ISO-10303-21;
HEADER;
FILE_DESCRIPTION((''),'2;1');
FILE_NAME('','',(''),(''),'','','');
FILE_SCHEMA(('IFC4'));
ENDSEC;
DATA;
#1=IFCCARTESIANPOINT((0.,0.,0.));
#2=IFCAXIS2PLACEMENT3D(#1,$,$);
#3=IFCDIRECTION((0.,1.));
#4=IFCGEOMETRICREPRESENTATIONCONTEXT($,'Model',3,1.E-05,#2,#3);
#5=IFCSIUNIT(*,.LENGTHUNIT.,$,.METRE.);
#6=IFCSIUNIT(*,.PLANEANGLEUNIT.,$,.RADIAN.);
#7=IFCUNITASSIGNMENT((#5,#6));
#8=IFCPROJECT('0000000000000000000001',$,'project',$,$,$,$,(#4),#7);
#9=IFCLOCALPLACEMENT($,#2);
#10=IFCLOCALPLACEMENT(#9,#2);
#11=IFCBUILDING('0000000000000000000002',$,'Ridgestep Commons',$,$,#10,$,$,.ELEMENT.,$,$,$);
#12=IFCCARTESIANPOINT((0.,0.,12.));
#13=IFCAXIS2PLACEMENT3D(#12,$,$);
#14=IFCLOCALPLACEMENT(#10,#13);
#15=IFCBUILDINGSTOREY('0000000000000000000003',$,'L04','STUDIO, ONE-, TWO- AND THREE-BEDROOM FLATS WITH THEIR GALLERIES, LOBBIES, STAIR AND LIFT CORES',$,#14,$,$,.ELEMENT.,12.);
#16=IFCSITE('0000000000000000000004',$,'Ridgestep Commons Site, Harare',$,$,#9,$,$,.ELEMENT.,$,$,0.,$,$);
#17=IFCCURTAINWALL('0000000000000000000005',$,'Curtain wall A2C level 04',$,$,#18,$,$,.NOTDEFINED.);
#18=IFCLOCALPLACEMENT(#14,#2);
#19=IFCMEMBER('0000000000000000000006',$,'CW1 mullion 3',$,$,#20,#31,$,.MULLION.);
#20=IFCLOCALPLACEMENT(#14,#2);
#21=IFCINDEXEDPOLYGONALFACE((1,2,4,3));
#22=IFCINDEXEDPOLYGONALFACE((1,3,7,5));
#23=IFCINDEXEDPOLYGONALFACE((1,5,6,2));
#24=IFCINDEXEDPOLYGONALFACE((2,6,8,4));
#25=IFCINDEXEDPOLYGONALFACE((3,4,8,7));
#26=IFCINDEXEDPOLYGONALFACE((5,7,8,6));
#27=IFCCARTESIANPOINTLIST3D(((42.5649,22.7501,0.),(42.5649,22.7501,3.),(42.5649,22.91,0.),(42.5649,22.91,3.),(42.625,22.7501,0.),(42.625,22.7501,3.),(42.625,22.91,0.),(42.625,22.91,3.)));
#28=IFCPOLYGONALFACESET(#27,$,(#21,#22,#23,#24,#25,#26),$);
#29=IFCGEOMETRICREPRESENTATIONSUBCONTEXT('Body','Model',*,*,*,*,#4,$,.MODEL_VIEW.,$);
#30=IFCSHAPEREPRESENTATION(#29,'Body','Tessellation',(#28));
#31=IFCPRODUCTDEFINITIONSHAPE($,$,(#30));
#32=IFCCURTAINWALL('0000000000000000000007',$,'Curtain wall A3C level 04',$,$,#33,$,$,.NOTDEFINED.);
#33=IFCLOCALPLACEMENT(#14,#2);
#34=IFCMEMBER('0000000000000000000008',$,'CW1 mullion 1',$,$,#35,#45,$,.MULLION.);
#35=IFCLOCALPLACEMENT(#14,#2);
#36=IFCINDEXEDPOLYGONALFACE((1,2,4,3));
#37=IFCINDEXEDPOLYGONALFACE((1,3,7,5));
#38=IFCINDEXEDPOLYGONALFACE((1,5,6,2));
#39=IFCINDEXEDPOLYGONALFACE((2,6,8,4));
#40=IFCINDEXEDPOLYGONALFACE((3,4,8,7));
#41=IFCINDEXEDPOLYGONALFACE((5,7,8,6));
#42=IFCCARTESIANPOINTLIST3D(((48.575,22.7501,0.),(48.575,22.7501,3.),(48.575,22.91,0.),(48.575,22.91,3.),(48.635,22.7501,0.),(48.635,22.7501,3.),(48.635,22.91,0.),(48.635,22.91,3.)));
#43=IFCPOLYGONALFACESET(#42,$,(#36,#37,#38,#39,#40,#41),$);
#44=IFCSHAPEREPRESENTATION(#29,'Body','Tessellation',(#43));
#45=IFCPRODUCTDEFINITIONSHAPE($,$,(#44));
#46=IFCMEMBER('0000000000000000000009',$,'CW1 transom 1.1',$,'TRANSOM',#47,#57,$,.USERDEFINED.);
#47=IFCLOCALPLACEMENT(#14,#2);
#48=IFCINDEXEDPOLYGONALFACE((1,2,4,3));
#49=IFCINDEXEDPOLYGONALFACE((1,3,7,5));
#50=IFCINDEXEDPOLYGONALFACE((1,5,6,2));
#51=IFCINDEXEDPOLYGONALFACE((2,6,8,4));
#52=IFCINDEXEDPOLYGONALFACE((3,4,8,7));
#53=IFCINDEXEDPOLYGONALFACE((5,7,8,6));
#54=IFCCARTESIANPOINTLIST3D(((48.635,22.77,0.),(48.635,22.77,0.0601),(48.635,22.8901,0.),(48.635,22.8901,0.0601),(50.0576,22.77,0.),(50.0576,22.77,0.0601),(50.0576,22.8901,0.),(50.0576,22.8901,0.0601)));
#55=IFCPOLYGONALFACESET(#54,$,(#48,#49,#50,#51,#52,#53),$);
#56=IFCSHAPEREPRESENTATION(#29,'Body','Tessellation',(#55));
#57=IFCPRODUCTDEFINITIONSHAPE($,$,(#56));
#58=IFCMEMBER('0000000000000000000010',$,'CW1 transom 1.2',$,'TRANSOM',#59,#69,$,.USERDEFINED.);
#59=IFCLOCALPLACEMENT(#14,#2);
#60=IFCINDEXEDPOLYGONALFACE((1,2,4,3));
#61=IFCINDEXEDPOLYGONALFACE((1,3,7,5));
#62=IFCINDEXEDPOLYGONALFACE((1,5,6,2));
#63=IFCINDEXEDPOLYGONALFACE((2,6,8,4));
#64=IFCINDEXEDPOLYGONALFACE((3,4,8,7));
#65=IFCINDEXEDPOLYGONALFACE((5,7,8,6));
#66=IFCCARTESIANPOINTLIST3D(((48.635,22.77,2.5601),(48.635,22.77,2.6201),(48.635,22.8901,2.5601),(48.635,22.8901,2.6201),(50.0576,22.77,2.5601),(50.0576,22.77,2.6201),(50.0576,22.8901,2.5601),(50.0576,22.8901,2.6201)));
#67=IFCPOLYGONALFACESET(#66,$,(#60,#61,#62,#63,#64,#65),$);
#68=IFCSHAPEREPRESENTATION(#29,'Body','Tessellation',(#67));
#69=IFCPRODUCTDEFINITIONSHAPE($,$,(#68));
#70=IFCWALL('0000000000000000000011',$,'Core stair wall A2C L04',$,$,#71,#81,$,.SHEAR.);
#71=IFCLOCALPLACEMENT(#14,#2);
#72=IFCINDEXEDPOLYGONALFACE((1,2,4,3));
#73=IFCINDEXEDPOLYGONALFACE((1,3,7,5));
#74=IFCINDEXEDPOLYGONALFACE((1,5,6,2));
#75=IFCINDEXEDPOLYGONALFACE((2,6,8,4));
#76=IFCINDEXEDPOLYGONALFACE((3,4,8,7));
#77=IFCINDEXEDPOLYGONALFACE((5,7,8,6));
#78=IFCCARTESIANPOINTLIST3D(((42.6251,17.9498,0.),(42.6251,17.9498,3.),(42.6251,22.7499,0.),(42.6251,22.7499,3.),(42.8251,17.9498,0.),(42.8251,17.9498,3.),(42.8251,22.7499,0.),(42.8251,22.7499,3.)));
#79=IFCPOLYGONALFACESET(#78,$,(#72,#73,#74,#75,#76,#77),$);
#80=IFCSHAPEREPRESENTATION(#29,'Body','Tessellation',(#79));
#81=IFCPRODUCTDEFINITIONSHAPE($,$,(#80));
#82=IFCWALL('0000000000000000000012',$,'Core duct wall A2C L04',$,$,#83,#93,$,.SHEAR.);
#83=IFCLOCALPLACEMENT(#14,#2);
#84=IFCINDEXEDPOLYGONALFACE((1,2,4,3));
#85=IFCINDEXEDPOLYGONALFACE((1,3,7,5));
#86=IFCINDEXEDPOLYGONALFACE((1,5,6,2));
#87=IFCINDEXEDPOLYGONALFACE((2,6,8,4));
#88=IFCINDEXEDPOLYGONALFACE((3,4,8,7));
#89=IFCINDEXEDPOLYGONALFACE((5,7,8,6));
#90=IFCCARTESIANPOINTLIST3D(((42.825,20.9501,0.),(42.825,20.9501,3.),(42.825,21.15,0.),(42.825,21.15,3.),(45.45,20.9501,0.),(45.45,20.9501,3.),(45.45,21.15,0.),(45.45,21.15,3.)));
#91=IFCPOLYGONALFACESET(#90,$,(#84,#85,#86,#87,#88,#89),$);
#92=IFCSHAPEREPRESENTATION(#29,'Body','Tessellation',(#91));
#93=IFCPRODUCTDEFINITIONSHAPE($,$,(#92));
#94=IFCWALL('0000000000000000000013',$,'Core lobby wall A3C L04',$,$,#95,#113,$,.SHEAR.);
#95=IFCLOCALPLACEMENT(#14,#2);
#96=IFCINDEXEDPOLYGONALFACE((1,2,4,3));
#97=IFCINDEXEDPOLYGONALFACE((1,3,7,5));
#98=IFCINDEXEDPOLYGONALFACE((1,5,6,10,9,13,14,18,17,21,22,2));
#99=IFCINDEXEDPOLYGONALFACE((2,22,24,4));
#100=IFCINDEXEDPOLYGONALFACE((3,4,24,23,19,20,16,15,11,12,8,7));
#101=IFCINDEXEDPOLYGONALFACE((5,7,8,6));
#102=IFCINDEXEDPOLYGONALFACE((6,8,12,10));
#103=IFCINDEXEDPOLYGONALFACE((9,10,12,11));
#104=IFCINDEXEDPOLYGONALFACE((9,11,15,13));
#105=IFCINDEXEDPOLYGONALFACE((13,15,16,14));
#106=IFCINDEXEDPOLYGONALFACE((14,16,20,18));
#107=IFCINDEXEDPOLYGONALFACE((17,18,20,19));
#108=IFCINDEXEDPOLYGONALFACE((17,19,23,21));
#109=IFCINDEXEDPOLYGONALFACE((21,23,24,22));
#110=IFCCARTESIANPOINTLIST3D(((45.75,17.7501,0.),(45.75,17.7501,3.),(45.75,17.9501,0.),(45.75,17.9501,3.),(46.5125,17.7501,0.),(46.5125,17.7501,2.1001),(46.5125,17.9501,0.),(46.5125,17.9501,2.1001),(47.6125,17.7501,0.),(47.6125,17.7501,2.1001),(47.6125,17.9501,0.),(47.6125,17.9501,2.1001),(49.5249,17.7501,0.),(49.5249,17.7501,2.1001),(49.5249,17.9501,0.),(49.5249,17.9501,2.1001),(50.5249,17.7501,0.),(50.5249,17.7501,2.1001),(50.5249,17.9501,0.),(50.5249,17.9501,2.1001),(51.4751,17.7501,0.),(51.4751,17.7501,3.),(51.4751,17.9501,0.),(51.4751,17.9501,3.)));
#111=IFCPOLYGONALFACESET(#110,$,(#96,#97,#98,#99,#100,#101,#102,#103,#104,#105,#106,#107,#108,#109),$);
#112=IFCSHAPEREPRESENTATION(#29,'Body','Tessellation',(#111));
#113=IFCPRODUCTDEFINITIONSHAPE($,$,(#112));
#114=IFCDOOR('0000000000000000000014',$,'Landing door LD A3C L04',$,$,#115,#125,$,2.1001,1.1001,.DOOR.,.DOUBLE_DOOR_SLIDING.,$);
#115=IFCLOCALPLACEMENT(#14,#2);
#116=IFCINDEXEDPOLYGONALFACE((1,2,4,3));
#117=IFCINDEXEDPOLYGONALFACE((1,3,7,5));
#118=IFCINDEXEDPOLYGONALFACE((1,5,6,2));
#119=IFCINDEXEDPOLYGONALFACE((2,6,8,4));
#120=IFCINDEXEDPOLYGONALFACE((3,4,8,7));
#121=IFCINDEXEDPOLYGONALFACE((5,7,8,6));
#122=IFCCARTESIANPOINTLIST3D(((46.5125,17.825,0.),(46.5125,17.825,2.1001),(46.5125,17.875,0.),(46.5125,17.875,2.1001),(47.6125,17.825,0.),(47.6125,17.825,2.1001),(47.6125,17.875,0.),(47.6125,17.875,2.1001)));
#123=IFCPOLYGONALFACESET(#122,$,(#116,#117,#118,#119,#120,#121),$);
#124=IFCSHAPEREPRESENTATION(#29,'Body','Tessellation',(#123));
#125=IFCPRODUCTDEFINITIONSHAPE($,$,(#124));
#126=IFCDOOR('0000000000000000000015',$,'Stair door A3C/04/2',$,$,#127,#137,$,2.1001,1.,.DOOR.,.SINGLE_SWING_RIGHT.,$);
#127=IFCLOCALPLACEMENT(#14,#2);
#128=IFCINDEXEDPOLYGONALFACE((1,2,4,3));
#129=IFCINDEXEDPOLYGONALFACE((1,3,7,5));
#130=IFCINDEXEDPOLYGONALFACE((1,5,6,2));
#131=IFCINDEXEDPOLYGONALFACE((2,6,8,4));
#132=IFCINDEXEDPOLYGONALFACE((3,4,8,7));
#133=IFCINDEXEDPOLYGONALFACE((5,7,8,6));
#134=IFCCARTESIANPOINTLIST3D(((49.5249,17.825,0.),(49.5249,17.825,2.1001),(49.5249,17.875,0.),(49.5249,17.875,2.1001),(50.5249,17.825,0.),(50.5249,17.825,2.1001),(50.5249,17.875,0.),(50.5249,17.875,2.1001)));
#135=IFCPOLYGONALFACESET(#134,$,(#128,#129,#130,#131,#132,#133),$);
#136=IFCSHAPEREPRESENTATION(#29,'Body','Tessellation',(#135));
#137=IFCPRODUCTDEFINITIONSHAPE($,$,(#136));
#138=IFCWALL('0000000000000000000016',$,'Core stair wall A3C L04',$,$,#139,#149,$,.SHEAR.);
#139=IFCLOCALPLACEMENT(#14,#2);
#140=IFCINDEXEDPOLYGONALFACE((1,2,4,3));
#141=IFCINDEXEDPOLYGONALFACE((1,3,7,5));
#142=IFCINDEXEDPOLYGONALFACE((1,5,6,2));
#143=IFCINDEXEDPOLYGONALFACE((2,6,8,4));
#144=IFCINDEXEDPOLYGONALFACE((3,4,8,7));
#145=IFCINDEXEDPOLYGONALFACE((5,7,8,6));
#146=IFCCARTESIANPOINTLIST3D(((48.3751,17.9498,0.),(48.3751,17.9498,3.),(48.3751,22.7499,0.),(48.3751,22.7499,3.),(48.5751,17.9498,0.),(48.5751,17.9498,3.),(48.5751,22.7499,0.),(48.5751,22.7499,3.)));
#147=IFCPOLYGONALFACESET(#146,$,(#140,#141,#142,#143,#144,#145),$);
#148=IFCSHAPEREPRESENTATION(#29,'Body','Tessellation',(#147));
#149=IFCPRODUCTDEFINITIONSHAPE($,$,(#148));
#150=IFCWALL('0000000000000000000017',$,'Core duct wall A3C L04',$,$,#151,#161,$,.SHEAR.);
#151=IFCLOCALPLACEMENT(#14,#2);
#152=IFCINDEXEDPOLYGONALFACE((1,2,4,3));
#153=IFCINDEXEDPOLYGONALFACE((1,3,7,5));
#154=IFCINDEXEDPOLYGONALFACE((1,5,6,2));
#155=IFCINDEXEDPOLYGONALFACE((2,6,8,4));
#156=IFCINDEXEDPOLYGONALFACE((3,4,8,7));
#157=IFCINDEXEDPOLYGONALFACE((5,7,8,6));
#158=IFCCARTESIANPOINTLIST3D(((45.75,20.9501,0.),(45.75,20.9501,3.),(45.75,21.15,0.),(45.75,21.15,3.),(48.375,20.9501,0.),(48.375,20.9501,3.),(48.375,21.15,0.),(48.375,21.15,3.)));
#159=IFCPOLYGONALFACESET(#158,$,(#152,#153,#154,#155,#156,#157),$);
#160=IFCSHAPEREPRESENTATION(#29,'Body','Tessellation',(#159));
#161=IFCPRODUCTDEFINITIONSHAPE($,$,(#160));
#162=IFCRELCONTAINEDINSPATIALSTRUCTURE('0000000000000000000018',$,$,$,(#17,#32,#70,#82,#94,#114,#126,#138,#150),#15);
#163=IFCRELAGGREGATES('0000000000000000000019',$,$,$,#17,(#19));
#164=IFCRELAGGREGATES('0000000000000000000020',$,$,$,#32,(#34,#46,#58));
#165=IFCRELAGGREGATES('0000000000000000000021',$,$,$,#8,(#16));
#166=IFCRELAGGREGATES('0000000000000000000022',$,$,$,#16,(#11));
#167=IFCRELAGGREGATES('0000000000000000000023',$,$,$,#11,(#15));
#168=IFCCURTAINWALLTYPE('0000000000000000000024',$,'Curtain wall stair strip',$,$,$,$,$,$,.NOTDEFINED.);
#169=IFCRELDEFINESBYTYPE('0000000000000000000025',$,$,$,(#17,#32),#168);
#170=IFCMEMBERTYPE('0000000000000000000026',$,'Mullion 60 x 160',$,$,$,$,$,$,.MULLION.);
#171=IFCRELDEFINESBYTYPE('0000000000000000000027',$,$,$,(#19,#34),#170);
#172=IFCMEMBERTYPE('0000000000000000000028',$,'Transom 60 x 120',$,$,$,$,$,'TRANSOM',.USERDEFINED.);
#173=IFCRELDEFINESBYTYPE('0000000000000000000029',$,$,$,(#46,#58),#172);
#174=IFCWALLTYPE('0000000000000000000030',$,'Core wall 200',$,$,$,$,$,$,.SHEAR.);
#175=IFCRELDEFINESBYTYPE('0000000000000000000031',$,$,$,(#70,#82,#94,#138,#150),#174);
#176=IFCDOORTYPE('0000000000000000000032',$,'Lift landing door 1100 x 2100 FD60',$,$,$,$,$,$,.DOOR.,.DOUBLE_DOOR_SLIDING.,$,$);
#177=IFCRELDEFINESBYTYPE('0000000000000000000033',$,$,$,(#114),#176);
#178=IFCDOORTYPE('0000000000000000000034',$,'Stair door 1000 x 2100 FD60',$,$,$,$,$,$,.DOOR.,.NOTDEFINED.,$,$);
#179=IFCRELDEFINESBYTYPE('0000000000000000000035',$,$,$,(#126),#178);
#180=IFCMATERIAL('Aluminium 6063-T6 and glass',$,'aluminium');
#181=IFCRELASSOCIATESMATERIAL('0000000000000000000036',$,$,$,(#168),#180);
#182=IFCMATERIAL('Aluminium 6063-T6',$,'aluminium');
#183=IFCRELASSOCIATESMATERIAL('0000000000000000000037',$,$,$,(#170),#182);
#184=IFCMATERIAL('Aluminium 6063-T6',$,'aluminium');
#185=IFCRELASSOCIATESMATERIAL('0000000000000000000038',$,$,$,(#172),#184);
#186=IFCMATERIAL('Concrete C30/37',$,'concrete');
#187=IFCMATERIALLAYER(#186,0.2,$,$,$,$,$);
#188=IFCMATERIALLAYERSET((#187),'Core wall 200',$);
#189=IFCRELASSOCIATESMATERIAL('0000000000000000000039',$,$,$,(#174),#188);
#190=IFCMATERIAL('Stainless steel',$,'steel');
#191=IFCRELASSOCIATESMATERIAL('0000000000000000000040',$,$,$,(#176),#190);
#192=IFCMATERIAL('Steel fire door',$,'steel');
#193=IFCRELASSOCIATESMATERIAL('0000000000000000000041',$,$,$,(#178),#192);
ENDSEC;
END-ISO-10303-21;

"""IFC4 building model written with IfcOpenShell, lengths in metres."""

from ifc_helpers import new_model, si_unit, direction, frame, frame_2d, origin, origin_2d, place, context, subcontext, project, spatial, rectangle, extrude, material, layer, layer_set, material_profile, profile_set, type_object, element, fill, aggregate, save


model = new_model("IFC4")

# Units and contexts
model_context = context("Model", 3, precision=1e-05, world=origin(), true_north=direction((0.0, 1.0)))
body_context = subcontext(model_context, "Body", "Model", "MODEL_VIEW")
ifc_project = project(units=[si_unit("LENGTHUNIT", "METRE"), si_unit("PLANEANGLEUNIT", "RADIAN")], contexts=[model_context])

# Site, building, storey
site_placement = place(None, origin())
site = spatial("IfcSite", under=ifc_project, at=site_placement, Name="Ridgestep Commons Site, Harare", CompositionType="ELEMENT", RefElevation=0.0)
building_placement = place(site_placement, origin())
building = spatial("IfcBuilding", under=site, at=building_placement, Name="Ridgestep Commons", CompositionType="ELEMENT")
storey_placement = place(building_placement, frame((0.0, 0.0, 12.0)))
storey = spatial("IfcBuildingStorey", under=building, at=storey_placement, Name="L04", Description="STUDIO, ONE-, TWO- AND THREE-BEDROOM FLATS WITH THEIR GALLERIES, LOBBIES, STAIR AND LIFT CORES", CompositionType="ELEMENT", Elevation=12.0)

# Curtain wall, member
ifc_material_1 = material(Name="Aluminium 6063-T6 and glass", Category="aluminium")
curtain_wall_type = type_object("IfcCurtainWallType", Name="Curtain wall stair strip", PredefinedType="NOTDEFINED", material=ifc_material_1)
curtain_wall_1_placement = place(storey_placement, origin())
curtain_wall_1 = element("IfcCurtainWall", 1, at=curtain_wall_1_placement, inside=storey, type_object=curtain_wall_type, Name="Curtain wall A2C level 04", PredefinedType="NOTDEFINED")
ifc_material_2 = material(Name="Aluminium 6063-T6", Category="aluminium")
ifc_material_profile_1 = material_profile(ifc_material_2, rectangle(XDim=0.1599, YDim=0.0601, at=origin_2d()), Name="Mullion 60 x 160")
ifc_profile_set_1 = profile_set([ifc_material_profile_1], Name="Aluminium 6063-T6")
member_type_1 = type_object("IfcMemberType", Name="Mullion 60 x 160", PredefinedType="MULLION", material=ifc_profile_set_1)
member_1_placement = place(storey_placement, frame((42.595, 22.8301, 0.0), z_axis=(0.0, 0.0, 1.0), x_axis=(0.0, 1.0, 0.0)))
member_1 = element("IfcMember", 2, at=member_1_placement, type_object=member_type_1, Name="CW1 mullion 3", PredefinedType="MULLION", context=body_context, shape_type="SweptSolid", body=[
    extrude(rectangle(XDim=0.1599, YDim=0.0601, at=origin_2d()), origin(), (0.0, 0.0, 1.0), 3.0),
])
aggregate(curtain_wall_1, [member_1])

# Curtain wall, members
curtain_wall_2_placement = place(storey_placement, origin())
curtain_wall_2 = element("IfcCurtainWall", 3, at=curtain_wall_2_placement, inside=storey, type_object=curtain_wall_type, Name="Curtain wall A3C level 04", PredefinedType="NOTDEFINED")
member_2_placement = place(storey_placement, frame((48.605, 22.8301, 0.0), z_axis=(0.0, 0.0, 1.0), x_axis=(0.0, 1.0, 0.0)))
member_2 = element("IfcMember", 4, at=member_2_placement, type_object=member_type_1, Name="CW1 mullion 1", PredefinedType="MULLION", context=body_context, shape_type="SweptSolid", body=[
    extrude(rectangle(XDim=0.1599, YDim=0.0601, at=origin_2d()), origin(), (0.0, 0.0, 1.0), 3.0),
])
ifc_material_3 = material(Name="Aluminium 6063-T6", Category="aluminium")
ifc_material_profile_2 = material_profile(ifc_material_3, rectangle(XDim=0.1201, YDim=0.0601, at=origin_2d()), Name="Transom 60 x 120")
ifc_profile_set_2 = profile_set([ifc_material_profile_2], Name="Aluminium 6063-T6")
member_type_2 = type_object("IfcMemberType", Name="Transom 60 x 120", ElementType="TRANSOM", PredefinedType="USERDEFINED", material=ifc_profile_set_2)
member_3_placement = place(storey_placement, frame((48.635, 22.8301, 0.03), z_axis=(1.0, 0.0, 0.0), x_axis=(0.0, 1.0, 0.0)))
member_3 = element("IfcMember", 5, at=member_3_placement, type_object=member_type_2, Name="CW1 transom 1.1", ObjectType="TRANSOM", PredefinedType="USERDEFINED", context=body_context, shape_type="SweptSolid", body=[
    extrude(rectangle(XDim=0.1201, YDim=0.0601, at=origin_2d()), origin(), (0.0, 0.0, 1.0), 1.4226),
])
member_4_placement = place(storey_placement, frame((48.635, 22.8301, 2.5901), z_axis=(1.0, 0.0, 0.0), x_axis=(0.0, 1.0, 0.0)))
member_4 = element("IfcMember", 6, at=member_4_placement, type_object=member_type_2, Name="CW1 transom 1.2", ObjectType="TRANSOM", PredefinedType="USERDEFINED", context=body_context, shape_type="SweptSolid", body=[
    extrude(rectangle(XDim=0.1201, YDim=0.0601, at=origin_2d()), origin(), (0.0, 0.0, 1.0), 1.4226),
])
aggregate(curtain_wall_2, [member_2, member_3, member_4])

# Walls
ifc_material_4 = material(Name="Concrete C30/37", Category="concrete")
ifc_layer = layer(ifc_material_4, 0.2)
ifc_layer_set = layer_set([ifc_layer], Name="Core wall 200")
wall_type = type_object("IfcWallType", Name="Core wall 200", PredefinedType="SHEAR", material=ifc_layer_set)
wall_1_placement = place(storey_placement, frame((42.7251, 17.95, 0.0), z_axis=(0.0, 0.0, 1.0), x_axis=(0.0, 1.0, 0.0)))
element("IfcWall", 7, at=wall_1_placement, inside=storey, type_object=wall_type, Name="Core stair wall A2C L04", PredefinedType="SHEAR", context=body_context, shape_type="SweptSolid", body=[
    extrude(rectangle(XDim=4.8, YDim=0.2, at=frame_2d((2.3999, 0.0))), origin(), (0.0, 0.0, 1.0), 3.0),
])
wall_2_placement = place(storey_placement, frame((42.825, 21.05, 0.0), z_axis=(0.0, 0.0, 1.0), x_axis=(1.0, 0.0, 0.0)))
element("IfcWall", 8, at=wall_2_placement, inside=storey, type_object=wall_type, Name="Core duct wall A2C L04", PredefinedType="SHEAR", context=body_context, shape_type="SweptSolid", body=[
    extrude(rectangle(XDim=2.625, YDim=0.2, at=frame_2d((1.3125, 0.0))), origin(), (0.0, 0.0, 1.0), 3.0),
])

# Wall, openings, doors
wall_3_placement = place(storey_placement, frame((45.75, 17.8501, 0.0), z_axis=(0.0, 0.0, 1.0), x_axis=(1.0, 0.0, 0.0)))
wall_3 = element("IfcWall", 9, at=wall_3_placement, inside=storey, type_object=wall_type, Name="Core lobby wall A3C L04", PredefinedType="SHEAR", context=body_context, shape_type="SweptSolid", body=[
    extrude(rectangle(XDim=5.7251, YDim=0.2, at=frame_2d((2.8625, 0.0))), origin(), (0.0, 0.0, 1.0), 3.0),
])
opening_1_placement = place(wall_3_placement, frame((3.7749, 0.0, 0.0)))
opening_1 = element("IfcOpeningElement", 10, at=opening_1_placement, cuts=wall_3, PredefinedType="OPENING", context=body_context, shape_type="SweptSolid", body=[
    extrude(rectangle(XDim=1.0, YDim=2.1001, at=frame_2d((0.5, 1.05))), frame((0.0, 0.1099, 0.0), z_axis=(0.0, -1.0, 0.0), x_axis=(1.0, 0.0, 0.0)), (0.0, 0.0, 1.0), 0.22),
])
opening_2_placement = place(wall_3_placement, frame((0.7625, 0.0, 0.0)))
opening_2 = element("IfcOpeningElement", 11, at=opening_2_placement, cuts=wall_3, PredefinedType="OPENING", context=body_context, shape_type="SweptSolid", body=[
    extrude(rectangle(XDim=1.1001, YDim=2.1001, at=frame_2d((0.55, 1.05))), frame((0.0, 0.1099, 0.0), z_axis=(0.0, -1.0, 0.0), x_axis=(1.0, 0.0, 0.0)), (0.0, 0.0, 1.0), 0.22),
])
ifc_material_5 = material(Name="Stainless steel", Category="steel")
door_type_1 = type_object("IfcDoorType", Name="Lift landing door 1100 x 2100 FD60", OperationType="DOUBLE_DOOR_SLIDING", PredefinedType="DOOR", material=ifc_material_5)
door_1_placement = place(opening_2_placement, origin())
door_1 = element("IfcDoor", 12, at=door_1_placement, inside=storey, type_object=door_type_1, Name="Landing door LD A3C L04", OperationType="DOUBLE_DOOR_SLIDING", OverallHeight=2.1001, OverallWidth=1.1001, PredefinedType="DOOR", context=body_context, shape_type="SweptSolid", body=[
    extrude(rectangle(XDim=1.1001, YDim=2.1001, at=frame_2d((0.55, 1.05))), frame((0.0, 0.0249, 0.0), z_axis=(0.0, -1.0, 0.0), x_axis=(1.0, 0.0, 0.0)), (0.0, 0.0, 1.0), 0.05),
])
fill(opening_2, door_1)
ifc_material_6 = material(Name="Steel fire door", Category="steel")
door_type_2 = type_object("IfcDoorType", Name="Stair door 1000 x 2100 FD60", OperationType="NOTDEFINED", PredefinedType="DOOR", material=ifc_material_6)
door_2_placement = place(opening_1_placement, origin())
door_2 = element("IfcDoor", 13, at=door_2_placement, inside=storey, type_object=door_type_2, Name="Stair door A3C/04/2", OperationType="SINGLE_SWING_RIGHT", OverallHeight=2.1001, OverallWidth=1.0, PredefinedType="DOOR", context=body_context, shape_type="SweptSolid", body=[
    extrude(rectangle(XDim=1.0, YDim=2.1001, at=frame_2d((0.5, 1.05))), frame((0.0, 0.0249, 0.0), z_axis=(0.0, -1.0, 0.0), x_axis=(1.0, 0.0, 0.0)), (0.0, 0.0, 1.0), 0.05),
])
fill(opening_1, door_2)

# Walls
wall_4_placement = place(storey_placement, frame((48.4751, 17.95, 0.0), z_axis=(0.0, 0.0, 1.0), x_axis=(0.0, 1.0, 0.0)))
element("IfcWall", 14, at=wall_4_placement, inside=storey, type_object=wall_type, Name="Core stair wall A3C L04", PredefinedType="SHEAR", context=body_context, shape_type="SweptSolid", body=[
    extrude(rectangle(XDim=4.8, YDim=0.2, at=frame_2d((2.3999, 0.0))), origin(), (0.0, 0.0, 1.0), 3.0),
])
wall_5_placement = place(storey_placement, frame((45.75, 21.05, 0.0), z_axis=(0.0, 0.0, 1.0), x_axis=(1.0, 0.0, 0.0)))
element("IfcWall", 15, at=wall_5_placement, inside=storey, type_object=wall_type, Name="Core duct wall A3C L04", PredefinedType="SHEAR", context=body_context, shape_type="SweptSolid", body=[
    extrude(rectangle(XDim=2.625, YDim=0.2, at=frame_2d((1.3125, 0.0))), origin(), (0.0, 0.0, 1.0), 3.0),
])

save(model, "model.ifc")
